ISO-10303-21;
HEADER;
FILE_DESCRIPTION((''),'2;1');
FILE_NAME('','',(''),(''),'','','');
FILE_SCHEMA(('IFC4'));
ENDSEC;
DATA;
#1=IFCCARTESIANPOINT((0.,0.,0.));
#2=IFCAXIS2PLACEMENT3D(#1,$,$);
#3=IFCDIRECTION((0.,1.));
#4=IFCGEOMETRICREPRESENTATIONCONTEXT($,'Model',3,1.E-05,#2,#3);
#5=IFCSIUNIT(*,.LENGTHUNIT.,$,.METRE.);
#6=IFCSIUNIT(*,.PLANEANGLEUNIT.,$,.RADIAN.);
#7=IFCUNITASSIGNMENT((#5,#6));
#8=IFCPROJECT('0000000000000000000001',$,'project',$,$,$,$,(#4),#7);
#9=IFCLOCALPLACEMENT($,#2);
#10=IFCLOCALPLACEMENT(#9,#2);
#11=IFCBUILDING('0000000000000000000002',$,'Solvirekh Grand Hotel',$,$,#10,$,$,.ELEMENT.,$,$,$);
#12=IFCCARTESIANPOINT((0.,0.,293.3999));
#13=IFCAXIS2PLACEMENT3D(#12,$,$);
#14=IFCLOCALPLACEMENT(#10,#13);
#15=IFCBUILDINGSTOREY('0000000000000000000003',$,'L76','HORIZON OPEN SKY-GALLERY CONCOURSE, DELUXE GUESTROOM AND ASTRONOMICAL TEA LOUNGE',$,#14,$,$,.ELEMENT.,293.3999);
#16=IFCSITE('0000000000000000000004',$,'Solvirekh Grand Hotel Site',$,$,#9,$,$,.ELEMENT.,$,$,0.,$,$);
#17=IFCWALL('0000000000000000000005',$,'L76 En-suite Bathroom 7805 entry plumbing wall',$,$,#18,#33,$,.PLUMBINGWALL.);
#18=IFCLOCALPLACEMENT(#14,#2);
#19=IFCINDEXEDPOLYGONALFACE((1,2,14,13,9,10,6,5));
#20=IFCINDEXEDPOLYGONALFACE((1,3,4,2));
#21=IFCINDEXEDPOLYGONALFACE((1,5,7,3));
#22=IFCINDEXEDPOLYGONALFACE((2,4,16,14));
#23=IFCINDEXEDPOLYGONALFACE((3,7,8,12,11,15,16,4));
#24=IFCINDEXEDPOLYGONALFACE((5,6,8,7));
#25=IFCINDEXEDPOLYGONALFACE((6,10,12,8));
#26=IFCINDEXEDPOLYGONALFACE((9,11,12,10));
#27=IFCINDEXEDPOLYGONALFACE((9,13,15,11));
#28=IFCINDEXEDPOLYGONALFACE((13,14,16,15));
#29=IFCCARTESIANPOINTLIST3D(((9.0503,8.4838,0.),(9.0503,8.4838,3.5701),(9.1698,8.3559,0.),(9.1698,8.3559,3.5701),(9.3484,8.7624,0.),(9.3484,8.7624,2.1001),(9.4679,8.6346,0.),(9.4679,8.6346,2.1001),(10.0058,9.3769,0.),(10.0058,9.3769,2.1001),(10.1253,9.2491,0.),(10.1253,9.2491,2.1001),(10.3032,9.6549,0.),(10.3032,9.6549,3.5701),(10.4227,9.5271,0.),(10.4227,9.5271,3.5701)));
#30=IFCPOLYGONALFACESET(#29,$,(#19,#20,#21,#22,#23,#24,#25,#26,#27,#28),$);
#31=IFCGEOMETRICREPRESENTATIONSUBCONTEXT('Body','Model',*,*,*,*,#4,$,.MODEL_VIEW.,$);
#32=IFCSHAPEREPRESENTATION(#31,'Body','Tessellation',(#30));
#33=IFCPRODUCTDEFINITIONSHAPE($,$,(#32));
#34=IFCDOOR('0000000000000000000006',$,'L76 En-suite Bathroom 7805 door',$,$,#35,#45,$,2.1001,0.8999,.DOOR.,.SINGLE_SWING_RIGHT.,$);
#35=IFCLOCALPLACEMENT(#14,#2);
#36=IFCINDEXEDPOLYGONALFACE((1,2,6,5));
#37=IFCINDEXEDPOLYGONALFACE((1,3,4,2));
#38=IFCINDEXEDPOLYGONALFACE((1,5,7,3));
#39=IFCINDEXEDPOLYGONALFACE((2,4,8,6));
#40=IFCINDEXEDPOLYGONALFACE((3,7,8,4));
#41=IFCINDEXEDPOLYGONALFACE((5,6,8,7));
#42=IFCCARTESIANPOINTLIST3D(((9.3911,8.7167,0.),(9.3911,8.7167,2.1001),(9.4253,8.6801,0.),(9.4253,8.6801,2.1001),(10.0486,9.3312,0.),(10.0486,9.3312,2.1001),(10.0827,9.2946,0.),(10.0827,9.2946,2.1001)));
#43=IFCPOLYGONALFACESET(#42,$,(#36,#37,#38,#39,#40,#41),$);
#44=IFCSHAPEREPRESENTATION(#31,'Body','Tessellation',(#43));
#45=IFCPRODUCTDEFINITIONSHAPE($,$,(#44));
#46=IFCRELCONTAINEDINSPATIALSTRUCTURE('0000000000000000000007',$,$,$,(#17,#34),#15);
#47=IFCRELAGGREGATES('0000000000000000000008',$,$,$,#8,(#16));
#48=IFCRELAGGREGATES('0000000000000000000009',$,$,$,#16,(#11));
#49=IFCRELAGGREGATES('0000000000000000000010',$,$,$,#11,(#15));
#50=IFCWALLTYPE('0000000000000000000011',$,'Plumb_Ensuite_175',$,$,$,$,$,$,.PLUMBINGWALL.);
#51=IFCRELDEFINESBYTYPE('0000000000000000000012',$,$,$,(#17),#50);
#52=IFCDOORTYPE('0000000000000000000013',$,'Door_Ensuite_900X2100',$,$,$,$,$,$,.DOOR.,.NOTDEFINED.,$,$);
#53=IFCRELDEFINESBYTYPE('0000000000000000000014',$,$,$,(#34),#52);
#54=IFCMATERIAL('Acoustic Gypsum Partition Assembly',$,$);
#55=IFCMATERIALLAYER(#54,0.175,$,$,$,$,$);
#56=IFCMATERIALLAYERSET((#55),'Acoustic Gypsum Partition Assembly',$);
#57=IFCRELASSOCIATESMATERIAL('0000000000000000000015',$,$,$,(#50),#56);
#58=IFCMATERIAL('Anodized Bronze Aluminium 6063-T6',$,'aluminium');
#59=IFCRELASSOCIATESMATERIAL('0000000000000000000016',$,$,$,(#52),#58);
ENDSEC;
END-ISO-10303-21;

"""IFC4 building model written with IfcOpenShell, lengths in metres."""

from ifc_helpers import new_model, si_unit, direction, frame, frame_2d, origin, place, context, subcontext, project, spatial, rectangle, extrude, material, layer, layer_set, type_object, element, fill, save


model = new_model("IFC4")

# Units and contexts
model_context = context("Model", 3, precision=1e-05, world=origin(), true_north=direction((0.0, 1.0)))
body_context = subcontext(model_context, "Body", "Model", "MODEL_VIEW")
ifc_project = project(units=[si_unit("LENGTHUNIT", "METRE"), si_unit("PLANEANGLEUNIT", "RADIAN")], contexts=[model_context])

# Site, building, storey
site_placement = place(None, origin())
site = spatial("IfcSite", under=ifc_project, at=site_placement, Name="Solvirekh Grand Hotel Site", CompositionType="ELEMENT", RefElevation=0.0)
building_placement = place(site_placement, origin())
building = spatial("IfcBuilding", under=site, at=building_placement, Name="Solvirekh Grand Hotel", CompositionType="ELEMENT")
storey_placement = place(building_placement, frame((0.0, 0.0, 293.3999)))
storey = spatial("IfcBuildingStorey", under=building, at=storey_placement, Name="L76", Description="HORIZON OPEN SKY-GALLERY CONCOURSE, DELUXE GUESTROOM AND ASTRONOMICAL TEA LOUNGE", CompositionType="ELEMENT", Elevation=293.3999)

# Shared definitions
ifc_material_1 = material(Name="Anodized Bronze Aluminium 6063-T6", Category="aluminium")

# Shared definitions
ifc_material_2 = material(Name="Acoustic Gypsum Partition Assembly")

# Wall, opening, door
ifc_layer_1 = layer(ifc_material_2, 0.175)
ifc_layer_set_1 = layer_set([ifc_layer_1], Name="Acoustic Gypsum Partition Assembly")
wall_type_1 = type_object("IfcWallType", Name="Plumb_Ensuite_175", PredefinedType="PLUMBINGWALL", material=ifc_layer_set_1)
wall_1_placement = place(storey_placement, frame((9.1101, 8.4199, 0.0), z_axis=(0.0, 0.0, 1.0), x_axis=(0.730549, 0.682861, 0.0)))
wall_1 = element("IfcWall", 1, at=wall_1_placement, inside=storey, type_object=wall_type_1, Name="L76 En-suite Bathroom 7805 entry plumbing wall", PredefinedType="PLUMBINGWALL", context=body_context, shape_type="SweptSolid", body=[
    extrude(rectangle(XDim=1.7151, YDim=0.175, at=frame_2d((0.8574, 0.0))), origin(), (0.0, 0.0, 1.0), 3.5701),
])
opening_1_placement = place(wall_1_placement, frame((0.408, 0.0, 0.0)))
opening_1 = element("IfcOpeningElement", 2, at=opening_1_placement, cuts=wall_1, PredefinedType="OPENING", context=body_context, shape_type="SweptSolid", body=[
    extrude(rectangle(XDim=0.8999, YDim=2.1001, at=frame_2d((0.45, 1.05))), frame((0.0, 0.0977, 0.0), z_axis=(0.0, -1.0, 0.0), x_axis=(1.0, 0.0, 0.0)), (0.0, 0.0, 1.0), 0.1951),
])
door_type_1 = type_object("IfcDoorType", Name="Door_Ensuite_900X2100", OperationType="NOTDEFINED", PredefinedType="DOOR", material=ifc_material_1)
door_1_placement = place(opening_1_placement, origin())
door_1 = element("IfcDoor", 3, at=door_1_placement, inside=storey, type_object=door_type_1, Name="L76 En-suite Bathroom 7805 door", OperationType="SINGLE_SWING_RIGHT", OverallHeight=2.1001, OverallWidth=0.8999, PredefinedType="DOOR", context=body_context, shape_type="SweptSolid", body=[
    extrude(rectangle(XDim=0.8999, YDim=2.1001, at=frame_2d((0.45, 1.05))), frame((0.0, 0.0249, 0.0), z_axis=(0.0, -1.0, 0.0), x_axis=(1.0, 0.0, 0.0)), (0.0, 0.0, 1.0), 0.05),
])
fill(opening_1, door_1)

save(model, "model.ifc")
